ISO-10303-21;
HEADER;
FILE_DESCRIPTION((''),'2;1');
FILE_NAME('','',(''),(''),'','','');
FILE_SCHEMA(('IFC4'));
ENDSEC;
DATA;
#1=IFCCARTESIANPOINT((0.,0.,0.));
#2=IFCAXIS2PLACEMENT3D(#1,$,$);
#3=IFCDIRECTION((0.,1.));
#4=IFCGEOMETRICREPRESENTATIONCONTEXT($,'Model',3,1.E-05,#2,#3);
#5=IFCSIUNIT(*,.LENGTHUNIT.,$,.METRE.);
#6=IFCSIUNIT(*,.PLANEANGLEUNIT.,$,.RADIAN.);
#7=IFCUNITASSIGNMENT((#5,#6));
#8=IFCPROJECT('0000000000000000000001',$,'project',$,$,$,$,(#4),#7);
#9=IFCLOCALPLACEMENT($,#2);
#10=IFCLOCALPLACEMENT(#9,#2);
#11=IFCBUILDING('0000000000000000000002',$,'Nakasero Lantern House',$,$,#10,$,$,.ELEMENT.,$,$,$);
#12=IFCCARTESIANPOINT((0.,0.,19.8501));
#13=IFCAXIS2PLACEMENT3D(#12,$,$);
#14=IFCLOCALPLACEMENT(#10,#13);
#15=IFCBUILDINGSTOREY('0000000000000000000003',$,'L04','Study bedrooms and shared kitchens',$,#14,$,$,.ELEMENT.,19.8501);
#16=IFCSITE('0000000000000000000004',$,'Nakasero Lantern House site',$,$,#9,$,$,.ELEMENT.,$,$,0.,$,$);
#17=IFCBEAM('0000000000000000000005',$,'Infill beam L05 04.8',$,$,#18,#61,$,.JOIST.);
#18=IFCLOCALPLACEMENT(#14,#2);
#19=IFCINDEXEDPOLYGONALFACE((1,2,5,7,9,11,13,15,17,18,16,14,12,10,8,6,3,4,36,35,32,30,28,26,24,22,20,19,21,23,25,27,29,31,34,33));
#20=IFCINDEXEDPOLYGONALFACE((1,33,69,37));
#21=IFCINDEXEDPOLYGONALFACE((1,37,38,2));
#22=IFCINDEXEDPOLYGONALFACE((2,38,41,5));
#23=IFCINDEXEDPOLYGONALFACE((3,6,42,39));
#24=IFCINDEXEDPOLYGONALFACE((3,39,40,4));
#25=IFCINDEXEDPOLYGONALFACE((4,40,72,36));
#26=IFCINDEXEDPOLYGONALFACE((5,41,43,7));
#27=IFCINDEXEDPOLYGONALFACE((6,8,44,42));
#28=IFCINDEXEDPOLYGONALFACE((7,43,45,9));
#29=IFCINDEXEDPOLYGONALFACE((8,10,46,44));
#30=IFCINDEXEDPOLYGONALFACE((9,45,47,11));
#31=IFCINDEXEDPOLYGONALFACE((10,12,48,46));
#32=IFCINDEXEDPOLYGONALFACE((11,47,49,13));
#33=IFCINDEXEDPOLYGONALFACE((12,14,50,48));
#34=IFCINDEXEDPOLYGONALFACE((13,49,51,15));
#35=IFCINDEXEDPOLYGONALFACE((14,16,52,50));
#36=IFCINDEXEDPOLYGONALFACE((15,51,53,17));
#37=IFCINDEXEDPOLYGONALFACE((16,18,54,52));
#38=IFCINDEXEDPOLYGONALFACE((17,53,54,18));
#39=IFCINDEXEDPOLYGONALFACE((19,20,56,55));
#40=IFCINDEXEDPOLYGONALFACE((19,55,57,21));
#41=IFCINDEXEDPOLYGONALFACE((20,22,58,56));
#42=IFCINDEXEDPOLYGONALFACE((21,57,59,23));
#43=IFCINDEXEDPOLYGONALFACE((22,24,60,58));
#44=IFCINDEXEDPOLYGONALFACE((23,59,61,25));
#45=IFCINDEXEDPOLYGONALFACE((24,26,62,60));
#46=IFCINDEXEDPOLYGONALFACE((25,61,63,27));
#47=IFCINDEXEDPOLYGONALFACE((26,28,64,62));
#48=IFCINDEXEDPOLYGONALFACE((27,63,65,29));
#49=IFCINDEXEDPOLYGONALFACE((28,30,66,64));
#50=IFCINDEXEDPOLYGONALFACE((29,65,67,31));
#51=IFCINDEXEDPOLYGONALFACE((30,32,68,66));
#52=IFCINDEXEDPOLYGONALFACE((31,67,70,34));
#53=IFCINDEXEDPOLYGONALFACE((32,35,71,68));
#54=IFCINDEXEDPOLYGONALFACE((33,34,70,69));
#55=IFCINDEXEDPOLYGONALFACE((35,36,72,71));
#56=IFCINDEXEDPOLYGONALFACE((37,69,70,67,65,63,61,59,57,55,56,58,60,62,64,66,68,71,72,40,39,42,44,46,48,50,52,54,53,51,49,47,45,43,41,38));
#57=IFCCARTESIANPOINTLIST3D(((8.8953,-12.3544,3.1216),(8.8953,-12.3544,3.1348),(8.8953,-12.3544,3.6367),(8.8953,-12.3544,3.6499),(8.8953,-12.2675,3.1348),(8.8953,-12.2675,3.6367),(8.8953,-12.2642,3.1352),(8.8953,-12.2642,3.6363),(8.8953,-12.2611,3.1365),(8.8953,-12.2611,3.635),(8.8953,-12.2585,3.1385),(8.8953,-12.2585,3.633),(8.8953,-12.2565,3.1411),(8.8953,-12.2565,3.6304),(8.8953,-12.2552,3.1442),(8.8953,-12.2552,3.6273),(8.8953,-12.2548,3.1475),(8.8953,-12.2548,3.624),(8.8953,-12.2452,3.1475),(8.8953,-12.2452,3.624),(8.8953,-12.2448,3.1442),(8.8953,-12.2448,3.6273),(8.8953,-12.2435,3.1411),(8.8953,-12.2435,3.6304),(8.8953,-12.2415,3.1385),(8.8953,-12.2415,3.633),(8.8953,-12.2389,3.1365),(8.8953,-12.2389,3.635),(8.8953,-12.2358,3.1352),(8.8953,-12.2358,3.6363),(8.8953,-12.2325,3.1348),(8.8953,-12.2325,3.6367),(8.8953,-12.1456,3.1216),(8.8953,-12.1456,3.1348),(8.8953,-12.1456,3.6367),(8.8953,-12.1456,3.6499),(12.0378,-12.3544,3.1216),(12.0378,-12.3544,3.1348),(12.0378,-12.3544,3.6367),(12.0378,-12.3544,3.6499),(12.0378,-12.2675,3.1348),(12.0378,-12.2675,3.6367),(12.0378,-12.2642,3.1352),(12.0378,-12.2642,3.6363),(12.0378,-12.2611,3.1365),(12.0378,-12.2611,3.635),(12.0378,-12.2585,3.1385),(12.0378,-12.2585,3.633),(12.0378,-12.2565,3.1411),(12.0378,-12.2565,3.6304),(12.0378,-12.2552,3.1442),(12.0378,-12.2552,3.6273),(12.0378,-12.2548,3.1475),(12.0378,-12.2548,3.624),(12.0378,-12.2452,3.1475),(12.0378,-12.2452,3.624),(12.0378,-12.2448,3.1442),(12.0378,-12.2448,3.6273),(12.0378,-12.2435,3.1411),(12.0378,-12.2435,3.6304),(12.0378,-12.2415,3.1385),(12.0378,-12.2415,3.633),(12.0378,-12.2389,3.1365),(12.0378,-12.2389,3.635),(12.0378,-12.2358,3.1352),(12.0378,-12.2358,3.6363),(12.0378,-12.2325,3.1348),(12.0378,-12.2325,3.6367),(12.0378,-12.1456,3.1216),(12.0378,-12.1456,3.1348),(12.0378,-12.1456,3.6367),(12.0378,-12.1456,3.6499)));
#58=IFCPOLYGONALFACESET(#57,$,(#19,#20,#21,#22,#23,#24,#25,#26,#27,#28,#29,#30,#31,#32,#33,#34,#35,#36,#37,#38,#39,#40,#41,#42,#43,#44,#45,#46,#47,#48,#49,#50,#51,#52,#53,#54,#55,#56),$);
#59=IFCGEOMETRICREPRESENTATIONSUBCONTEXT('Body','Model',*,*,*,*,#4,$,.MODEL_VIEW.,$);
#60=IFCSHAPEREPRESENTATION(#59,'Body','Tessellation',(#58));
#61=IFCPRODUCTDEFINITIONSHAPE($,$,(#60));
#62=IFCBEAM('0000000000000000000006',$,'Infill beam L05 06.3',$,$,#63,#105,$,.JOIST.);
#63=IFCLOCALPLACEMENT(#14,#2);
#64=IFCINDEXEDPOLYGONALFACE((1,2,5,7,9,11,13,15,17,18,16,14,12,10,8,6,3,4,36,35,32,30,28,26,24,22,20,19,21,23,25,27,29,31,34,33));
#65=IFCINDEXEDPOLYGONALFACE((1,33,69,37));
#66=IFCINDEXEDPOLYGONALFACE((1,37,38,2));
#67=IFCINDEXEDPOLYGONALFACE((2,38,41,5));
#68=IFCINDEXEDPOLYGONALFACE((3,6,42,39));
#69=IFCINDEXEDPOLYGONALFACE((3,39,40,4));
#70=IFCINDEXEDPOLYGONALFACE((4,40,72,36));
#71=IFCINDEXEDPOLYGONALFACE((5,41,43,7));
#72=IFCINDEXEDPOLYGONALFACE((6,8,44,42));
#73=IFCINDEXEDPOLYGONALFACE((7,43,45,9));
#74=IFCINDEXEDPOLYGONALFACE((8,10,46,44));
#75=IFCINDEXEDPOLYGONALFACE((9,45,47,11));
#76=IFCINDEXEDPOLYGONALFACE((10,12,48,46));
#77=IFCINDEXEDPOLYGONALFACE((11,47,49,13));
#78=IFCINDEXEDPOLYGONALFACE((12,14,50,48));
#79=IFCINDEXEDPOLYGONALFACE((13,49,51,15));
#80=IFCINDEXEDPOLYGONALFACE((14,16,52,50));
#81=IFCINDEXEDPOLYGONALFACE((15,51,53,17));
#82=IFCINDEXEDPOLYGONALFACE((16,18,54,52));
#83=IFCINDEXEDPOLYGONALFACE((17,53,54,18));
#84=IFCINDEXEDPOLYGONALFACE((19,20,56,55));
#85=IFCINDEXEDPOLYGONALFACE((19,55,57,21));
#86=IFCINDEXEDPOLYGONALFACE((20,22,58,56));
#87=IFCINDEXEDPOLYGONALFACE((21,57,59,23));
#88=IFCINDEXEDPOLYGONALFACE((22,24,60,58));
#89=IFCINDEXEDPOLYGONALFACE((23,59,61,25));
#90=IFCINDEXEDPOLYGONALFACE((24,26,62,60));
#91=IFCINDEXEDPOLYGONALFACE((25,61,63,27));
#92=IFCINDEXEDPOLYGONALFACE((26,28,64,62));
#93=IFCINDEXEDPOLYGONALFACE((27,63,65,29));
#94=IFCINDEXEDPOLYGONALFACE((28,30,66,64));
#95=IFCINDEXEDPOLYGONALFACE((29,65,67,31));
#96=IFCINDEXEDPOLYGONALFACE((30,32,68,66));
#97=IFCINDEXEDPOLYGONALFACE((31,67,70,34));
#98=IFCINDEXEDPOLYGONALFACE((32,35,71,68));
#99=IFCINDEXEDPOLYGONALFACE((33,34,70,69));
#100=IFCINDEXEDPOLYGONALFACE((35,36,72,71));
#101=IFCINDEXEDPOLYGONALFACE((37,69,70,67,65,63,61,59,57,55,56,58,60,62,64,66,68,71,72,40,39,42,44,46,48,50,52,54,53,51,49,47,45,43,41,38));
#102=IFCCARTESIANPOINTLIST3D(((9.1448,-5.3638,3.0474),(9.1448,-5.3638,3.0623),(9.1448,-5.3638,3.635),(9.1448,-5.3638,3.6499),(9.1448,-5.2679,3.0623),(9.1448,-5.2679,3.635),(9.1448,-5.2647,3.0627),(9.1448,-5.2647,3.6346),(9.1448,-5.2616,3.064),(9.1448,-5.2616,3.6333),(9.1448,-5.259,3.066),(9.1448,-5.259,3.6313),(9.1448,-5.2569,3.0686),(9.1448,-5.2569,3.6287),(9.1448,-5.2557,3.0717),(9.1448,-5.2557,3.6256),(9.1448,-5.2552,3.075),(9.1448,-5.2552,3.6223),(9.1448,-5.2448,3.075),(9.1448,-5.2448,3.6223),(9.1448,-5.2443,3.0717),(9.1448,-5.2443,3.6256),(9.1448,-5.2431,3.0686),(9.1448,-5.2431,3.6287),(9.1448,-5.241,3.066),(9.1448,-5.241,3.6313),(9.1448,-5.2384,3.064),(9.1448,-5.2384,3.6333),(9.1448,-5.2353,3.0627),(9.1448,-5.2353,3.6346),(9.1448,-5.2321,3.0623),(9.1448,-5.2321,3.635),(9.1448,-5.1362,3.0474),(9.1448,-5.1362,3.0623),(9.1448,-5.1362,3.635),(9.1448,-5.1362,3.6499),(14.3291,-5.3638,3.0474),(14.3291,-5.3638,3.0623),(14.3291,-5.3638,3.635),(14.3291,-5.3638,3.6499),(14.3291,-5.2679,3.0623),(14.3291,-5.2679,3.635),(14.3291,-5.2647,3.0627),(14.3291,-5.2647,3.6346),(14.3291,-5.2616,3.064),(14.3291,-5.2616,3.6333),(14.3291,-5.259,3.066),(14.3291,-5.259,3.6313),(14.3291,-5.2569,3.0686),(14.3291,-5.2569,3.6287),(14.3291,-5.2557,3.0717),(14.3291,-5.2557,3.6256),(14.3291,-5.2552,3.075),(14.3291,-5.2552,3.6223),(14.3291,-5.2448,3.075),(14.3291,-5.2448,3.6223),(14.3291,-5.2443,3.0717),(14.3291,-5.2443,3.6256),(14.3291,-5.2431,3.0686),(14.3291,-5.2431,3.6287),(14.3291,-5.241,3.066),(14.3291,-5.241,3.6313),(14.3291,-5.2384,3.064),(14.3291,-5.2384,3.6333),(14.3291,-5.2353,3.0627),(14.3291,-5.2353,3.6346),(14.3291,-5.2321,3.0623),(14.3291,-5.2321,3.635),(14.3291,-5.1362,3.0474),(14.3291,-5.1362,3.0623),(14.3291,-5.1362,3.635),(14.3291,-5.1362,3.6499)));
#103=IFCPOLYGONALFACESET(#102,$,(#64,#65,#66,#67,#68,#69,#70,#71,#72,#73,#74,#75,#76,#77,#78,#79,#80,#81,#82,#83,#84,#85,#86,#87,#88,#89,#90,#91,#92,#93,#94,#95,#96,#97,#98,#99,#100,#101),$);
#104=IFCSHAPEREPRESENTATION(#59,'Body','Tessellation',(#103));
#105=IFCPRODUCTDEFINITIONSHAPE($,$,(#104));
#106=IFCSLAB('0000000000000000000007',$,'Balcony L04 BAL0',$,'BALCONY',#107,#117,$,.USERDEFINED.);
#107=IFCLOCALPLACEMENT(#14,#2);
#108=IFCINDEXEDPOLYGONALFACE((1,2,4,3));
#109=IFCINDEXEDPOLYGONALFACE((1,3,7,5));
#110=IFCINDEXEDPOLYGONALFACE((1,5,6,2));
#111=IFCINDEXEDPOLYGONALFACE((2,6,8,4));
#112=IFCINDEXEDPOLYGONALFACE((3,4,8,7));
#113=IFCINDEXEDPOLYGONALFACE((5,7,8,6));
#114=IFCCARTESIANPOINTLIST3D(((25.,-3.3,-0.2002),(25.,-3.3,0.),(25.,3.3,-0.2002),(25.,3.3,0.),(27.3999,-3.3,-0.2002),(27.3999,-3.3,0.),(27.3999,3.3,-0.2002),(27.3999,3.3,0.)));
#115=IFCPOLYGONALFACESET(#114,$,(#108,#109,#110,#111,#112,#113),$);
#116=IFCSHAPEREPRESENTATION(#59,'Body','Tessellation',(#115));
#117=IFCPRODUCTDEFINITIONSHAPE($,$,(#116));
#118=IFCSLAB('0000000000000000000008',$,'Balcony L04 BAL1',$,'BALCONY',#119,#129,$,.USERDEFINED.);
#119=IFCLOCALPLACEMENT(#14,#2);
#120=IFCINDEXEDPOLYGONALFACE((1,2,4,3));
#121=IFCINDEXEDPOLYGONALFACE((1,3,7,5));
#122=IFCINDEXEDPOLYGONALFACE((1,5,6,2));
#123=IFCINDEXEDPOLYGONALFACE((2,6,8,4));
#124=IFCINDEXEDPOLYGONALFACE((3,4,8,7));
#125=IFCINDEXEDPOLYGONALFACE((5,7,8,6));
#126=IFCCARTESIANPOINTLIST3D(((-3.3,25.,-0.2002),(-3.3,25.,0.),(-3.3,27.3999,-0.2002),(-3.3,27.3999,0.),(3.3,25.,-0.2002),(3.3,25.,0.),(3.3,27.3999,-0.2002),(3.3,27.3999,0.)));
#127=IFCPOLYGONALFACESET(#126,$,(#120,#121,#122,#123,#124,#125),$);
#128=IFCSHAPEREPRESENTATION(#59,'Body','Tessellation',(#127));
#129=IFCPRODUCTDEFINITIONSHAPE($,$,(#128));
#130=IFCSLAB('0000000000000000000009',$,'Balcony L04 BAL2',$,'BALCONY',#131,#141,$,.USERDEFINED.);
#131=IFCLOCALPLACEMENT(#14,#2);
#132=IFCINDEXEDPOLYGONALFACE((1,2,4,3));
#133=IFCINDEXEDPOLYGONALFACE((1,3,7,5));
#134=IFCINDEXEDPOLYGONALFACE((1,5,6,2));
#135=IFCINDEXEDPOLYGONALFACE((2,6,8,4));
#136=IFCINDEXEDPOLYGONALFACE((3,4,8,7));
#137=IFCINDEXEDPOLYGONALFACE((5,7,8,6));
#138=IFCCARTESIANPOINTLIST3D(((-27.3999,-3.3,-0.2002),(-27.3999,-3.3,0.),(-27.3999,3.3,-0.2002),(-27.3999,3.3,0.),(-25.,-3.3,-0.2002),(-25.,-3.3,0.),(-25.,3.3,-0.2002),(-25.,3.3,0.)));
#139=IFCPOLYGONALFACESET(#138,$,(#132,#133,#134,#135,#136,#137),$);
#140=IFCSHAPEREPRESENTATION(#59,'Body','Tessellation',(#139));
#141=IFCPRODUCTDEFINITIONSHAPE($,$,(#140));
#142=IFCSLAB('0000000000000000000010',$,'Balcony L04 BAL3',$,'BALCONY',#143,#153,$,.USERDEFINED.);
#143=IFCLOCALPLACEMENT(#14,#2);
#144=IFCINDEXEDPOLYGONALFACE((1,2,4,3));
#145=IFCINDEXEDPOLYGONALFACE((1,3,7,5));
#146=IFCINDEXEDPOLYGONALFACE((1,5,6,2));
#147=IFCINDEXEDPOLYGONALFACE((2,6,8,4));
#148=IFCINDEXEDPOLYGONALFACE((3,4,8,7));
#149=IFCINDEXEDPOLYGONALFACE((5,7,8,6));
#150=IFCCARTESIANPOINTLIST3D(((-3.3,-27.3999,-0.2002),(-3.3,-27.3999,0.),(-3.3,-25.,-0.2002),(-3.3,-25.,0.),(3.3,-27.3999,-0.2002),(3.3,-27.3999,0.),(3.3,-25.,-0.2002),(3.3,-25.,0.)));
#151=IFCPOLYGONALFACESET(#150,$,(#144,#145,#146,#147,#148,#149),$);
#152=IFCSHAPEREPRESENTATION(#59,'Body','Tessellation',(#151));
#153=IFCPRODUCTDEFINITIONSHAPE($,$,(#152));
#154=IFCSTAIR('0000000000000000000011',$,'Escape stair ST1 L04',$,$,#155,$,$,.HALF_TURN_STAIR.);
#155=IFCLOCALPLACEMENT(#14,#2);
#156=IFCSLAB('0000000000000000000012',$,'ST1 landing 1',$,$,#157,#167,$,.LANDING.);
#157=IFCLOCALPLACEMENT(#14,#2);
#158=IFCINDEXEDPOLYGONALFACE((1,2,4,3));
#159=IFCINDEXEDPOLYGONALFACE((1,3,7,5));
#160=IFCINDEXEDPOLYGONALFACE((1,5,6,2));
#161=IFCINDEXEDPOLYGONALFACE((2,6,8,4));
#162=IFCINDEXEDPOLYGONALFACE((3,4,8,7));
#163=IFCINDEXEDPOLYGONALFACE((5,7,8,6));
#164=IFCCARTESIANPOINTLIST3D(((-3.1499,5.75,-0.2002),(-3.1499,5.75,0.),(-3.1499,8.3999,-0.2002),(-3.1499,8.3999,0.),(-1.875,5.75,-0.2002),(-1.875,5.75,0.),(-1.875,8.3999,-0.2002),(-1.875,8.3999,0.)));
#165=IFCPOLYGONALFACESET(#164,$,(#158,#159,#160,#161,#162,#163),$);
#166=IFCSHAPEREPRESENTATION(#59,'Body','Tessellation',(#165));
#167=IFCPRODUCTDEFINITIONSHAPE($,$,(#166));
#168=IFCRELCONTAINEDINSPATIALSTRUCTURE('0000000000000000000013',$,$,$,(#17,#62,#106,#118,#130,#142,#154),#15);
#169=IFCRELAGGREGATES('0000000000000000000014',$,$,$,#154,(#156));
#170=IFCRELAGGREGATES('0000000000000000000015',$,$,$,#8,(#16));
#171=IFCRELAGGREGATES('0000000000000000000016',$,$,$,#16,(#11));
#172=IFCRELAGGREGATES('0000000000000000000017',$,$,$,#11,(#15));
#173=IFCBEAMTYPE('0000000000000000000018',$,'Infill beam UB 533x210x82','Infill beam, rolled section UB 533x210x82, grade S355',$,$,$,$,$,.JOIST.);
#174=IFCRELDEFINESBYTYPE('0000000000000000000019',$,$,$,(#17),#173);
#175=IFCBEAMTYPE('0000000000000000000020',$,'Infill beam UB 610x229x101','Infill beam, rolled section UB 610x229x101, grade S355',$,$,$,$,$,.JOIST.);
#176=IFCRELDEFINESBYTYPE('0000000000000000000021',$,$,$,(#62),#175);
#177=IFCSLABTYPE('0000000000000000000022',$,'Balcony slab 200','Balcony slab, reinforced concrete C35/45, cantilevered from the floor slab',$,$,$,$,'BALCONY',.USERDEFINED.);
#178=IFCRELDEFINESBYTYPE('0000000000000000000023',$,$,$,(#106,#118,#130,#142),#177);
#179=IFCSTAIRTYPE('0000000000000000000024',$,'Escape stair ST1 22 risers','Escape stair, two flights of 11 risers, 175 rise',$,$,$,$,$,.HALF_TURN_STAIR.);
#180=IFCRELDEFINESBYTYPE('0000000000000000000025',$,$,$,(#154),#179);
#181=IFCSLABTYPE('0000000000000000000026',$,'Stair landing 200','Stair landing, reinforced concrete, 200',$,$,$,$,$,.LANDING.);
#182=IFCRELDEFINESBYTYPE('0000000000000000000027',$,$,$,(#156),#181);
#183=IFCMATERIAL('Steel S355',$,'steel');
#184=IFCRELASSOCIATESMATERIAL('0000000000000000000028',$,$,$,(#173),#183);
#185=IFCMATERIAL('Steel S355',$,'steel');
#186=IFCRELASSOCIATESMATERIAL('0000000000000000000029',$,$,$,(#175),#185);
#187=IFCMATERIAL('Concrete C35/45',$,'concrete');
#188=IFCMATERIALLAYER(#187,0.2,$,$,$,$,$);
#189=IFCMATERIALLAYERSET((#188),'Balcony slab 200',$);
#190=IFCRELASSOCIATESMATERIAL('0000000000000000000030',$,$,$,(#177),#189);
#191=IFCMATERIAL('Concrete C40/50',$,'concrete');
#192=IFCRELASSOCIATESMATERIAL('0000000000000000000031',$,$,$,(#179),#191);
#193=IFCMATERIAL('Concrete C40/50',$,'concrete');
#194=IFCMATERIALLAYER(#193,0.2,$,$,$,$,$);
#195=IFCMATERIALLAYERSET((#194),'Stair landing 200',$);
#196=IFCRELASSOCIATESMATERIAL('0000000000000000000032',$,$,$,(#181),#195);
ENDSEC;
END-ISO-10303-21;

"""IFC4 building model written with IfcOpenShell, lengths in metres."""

from ifc_helpers import new_model, si_unit, direction, frame, origin, origin_2d, place, context, subcontext, project, spatial, polyline, i_section, outline, extrude, material, layer, layer_set, material_profile, profile_set, type_object, element, aggregate, save


model = new_model("IFC4")

# Units and contexts
model_context = context("Model", 3, precision=1e-05, world=origin(), true_north=direction((0.0, 1.0)))
body_context = subcontext(model_context, "Body", "Model", "MODEL_VIEW")
ifc_project = project(units=[si_unit("LENGTHUNIT", "METRE"), si_unit("PLANEANGLEUNIT", "RADIAN")], contexts=[model_context])

# Site, building, storey
site_placement = place(None, origin())
site = spatial("IfcSite", under=ifc_project, at=site_placement, Name="Nakasero Lantern House site", CompositionType="ELEMENT", RefElevation=0.0)
building_placement = place(site_placement, origin())
building = spatial("IfcBuilding", under=site, at=building_placement, Name="Nakasero Lantern House", CompositionType="ELEMENT")
storey_placement = place(building_placement, frame((0.0, 0.0, 19.8501)))
storey = spatial("IfcBuildingStorey", under=building, at=storey_placement, Name="L04", Description="Study bedrooms and shared kitchens", CompositionType="ELEMENT", Elevation=19.8501)

# Beams
ifc_material_1 = material(Name="Steel S355", Category="steel")
ifc_material_profile_1 = material_profile(ifc_material_1, i_section(OverallWidth=0.2087, OverallDepth=0.5283, WebThickness=0.0095, FlangeThickness=0.0132, FilletRadius=0.0127, at=origin_2d()), Name="UB 533x210x82")
ifc_profile_set_1 = profile_set([ifc_material_profile_1], Name="Steel S355")
beam_type_1 = type_object("IfcBeamType", Name="Infill beam UB 533x210x82", Description="Infill beam, rolled section UB 533x210x82, grade S355", PredefinedType="JOIST", material=ifc_profile_set_1)
beam_1_placement = place(storey_placement, frame((8.8953, -12.25, 3.3857), z_axis=(1.0, 0.0, 0.0), x_axis=(0.0, 1.0, 0.0)))
element("IfcBeam", 1, at=beam_1_placement, inside=storey, type_object=beam_type_1, Name="Infill beam L05 04.8", PredefinedType="JOIST", context=body_context, shape_type="SweptSolid", body=[
    extrude(i_section(OverallWidth=0.2087, OverallDepth=0.5283, WebThickness=0.0095, FlangeThickness=0.0132, FilletRadius=0.0127, at=origin_2d()), origin(), (0.0, 0.0, 1.0), 3.1426),
])
ifc_material_2 = material(Name="Steel S355", Category="steel")
ifc_material_profile_2 = material_profile(ifc_material_2, i_section(OverallWidth=0.2275, OverallDepth=0.6025, WebThickness=0.0105, FlangeThickness=0.0149, FilletRadius=0.0127, at=origin_2d()), Name="UB 610x229x101")
ifc_profile_set_2 = profile_set([ifc_material_profile_2], Name="Steel S355")
beam_type_2 = type_object("IfcBeamType", Name="Infill beam UB 610x229x101", Description="Infill beam, rolled section UB 610x229x101, grade S355", PredefinedType="JOIST", material=ifc_profile_set_2)
beam_2_placement = place(storey_placement, frame((9.1448, -5.25, 3.3486), z_axis=(1.0, 0.0, 0.0), x_axis=(0.0, 1.0, 0.0)))
element("IfcBeam", 2, at=beam_2_placement, inside=storey, type_object=beam_type_2, Name="Infill beam L05 06.3", PredefinedType="JOIST", context=body_context, shape_type="SweptSolid", body=[
    extrude(i_section(OverallWidth=0.2275, OverallDepth=0.6025, WebThickness=0.0105, FlangeThickness=0.0149, FilletRadius=0.0127, at=origin_2d()), origin(), (0.0, 0.0, 1.0), 5.1843),
])

# Slabs
ifc_material_3 = material(Name="Concrete C35/45", Category="concrete")
ifc_layer_1 = layer(ifc_material_3, 0.2)
ifc_layer_set_1 = layer_set([ifc_layer_1], Name="Balcony slab 200")
slab_type_1 = type_object("IfcSlabType", Name="Balcony slab 200", Description="Balcony slab, reinforced concrete C35/45, cantilevered from the floor slab", ElementType="BALCONY", PredefinedType="USERDEFINED", material=ifc_layer_set_1)
slab_1_placement = place(storey_placement, frame((0.0, 0.0, -0.2002)))
element("IfcSlab", 3, at=slab_1_placement, inside=storey, type_object=slab_type_1, Name="Balcony L04 BAL0", ObjectType="BALCONY", PredefinedType="USERDEFINED", context=body_context, shape_type="SweptSolid", body=[
    extrude(outline(polyline([(25.0, -3.3), (27.3999, -3.3), (27.3999, 3.3), (25.0, 3.3), (25.0, -3.3)])), origin(), (0.0, 0.0, 1.0), 0.2002),
])
slab_2_placement = place(storey_placement, frame((0.0, 0.0, -0.2002)))
element("IfcSlab", 4, at=slab_2_placement, inside=storey, type_object=slab_type_1, Name="Balcony L04 BAL1", ObjectType="BALCONY", PredefinedType="USERDEFINED", context=body_context, shape_type="SweptSolid", body=[
    extrude(outline(polyline([(3.3, 25.0), (3.3, 27.3999), (-3.3, 27.3999), (-3.3, 25.0), (3.3, 25.0)])), origin(), (0.0, 0.0, 1.0), 0.2002),
])
slab_3_placement = place(storey_placement, frame((0.0, 0.0, -0.2002)))
element("IfcSlab", 5, at=slab_3_placement, inside=storey, type_object=slab_type_1, Name="Balcony L04 BAL2", ObjectType="BALCONY", PredefinedType="USERDEFINED", context=body_context, shape_type="SweptSolid", body=[
    extrude(outline(polyline([(-25.0, 3.3), (-27.3999, 3.3), (-27.3999, -3.3), (-25.0, -3.3), (-25.0, 3.3)])), origin(), (0.0, 0.0, 1.0), 0.2002),
])
slab_4_placement = place(storey_placement, frame((0.0, 0.0, -0.2002)))
element("IfcSlab", 6, at=slab_4_placement, inside=storey, type_object=slab_type_1, Name="Balcony L04 BAL3", ObjectType="BALCONY", PredefinedType="USERDEFINED", context=body_context, shape_type="SweptSolid", body=[
    extrude(outline(polyline([(-3.3, -25.0), (-3.3, -27.3999), (3.3, -27.3999), (3.3, -25.0), (-3.3, -25.0)])), origin(), (0.0, 0.0, 1.0), 0.2002),
])

# Stair, slab
ifc_material_4 = material(Name="Concrete C40/50", Category="concrete")
stair_type_1 = type_object("IfcStairType", Name="Escape stair ST1 22 risers", Description="Escape stair, two flights of 11 risers, 175 rise", PredefinedType="HALF_TURN_STAIR", material=ifc_material_4)
stair_1_placement = place(storey_placement, origin())
stair_1 = element("IfcStair", 7, at=stair_1_placement, inside=storey, type_object=stair_type_1, Name="Escape stair ST1 L04", PredefinedType="HALF_TURN_STAIR")
ifc_material_5 = material(Name="Concrete C40/50", Category="concrete")
ifc_layer_2 = layer(ifc_material_5, 0.2)
ifc_layer_set_2 = layer_set([ifc_layer_2], Name="Stair landing 200")
slab_type_2 = type_object("IfcSlabType", Name="Stair landing 200", Description="Stair landing, reinforced concrete, 200", PredefinedType="LANDING", material=ifc_layer_set_2)
slab_5_placement = place(storey_placement, frame((0.0, 0.0, -0.2002)))
slab_5 = element("IfcSlab", 8, at=slab_5_placement, type_object=slab_type_2, Name="ST1 landing 1", PredefinedType="LANDING", context=body_context, shape_type="SweptSolid", body=[
    extrude(outline(polyline([(-3.1499, 5.75), (-1.875, 5.75), (-1.875, 8.3999), (-3.1499, 8.3999), (-3.1499, 5.75)])), origin(), (0.0, 0.0, 1.0), 0.2002),
])
aggregate(stair_1, [slab_5])

save(model, "model.ifc")
